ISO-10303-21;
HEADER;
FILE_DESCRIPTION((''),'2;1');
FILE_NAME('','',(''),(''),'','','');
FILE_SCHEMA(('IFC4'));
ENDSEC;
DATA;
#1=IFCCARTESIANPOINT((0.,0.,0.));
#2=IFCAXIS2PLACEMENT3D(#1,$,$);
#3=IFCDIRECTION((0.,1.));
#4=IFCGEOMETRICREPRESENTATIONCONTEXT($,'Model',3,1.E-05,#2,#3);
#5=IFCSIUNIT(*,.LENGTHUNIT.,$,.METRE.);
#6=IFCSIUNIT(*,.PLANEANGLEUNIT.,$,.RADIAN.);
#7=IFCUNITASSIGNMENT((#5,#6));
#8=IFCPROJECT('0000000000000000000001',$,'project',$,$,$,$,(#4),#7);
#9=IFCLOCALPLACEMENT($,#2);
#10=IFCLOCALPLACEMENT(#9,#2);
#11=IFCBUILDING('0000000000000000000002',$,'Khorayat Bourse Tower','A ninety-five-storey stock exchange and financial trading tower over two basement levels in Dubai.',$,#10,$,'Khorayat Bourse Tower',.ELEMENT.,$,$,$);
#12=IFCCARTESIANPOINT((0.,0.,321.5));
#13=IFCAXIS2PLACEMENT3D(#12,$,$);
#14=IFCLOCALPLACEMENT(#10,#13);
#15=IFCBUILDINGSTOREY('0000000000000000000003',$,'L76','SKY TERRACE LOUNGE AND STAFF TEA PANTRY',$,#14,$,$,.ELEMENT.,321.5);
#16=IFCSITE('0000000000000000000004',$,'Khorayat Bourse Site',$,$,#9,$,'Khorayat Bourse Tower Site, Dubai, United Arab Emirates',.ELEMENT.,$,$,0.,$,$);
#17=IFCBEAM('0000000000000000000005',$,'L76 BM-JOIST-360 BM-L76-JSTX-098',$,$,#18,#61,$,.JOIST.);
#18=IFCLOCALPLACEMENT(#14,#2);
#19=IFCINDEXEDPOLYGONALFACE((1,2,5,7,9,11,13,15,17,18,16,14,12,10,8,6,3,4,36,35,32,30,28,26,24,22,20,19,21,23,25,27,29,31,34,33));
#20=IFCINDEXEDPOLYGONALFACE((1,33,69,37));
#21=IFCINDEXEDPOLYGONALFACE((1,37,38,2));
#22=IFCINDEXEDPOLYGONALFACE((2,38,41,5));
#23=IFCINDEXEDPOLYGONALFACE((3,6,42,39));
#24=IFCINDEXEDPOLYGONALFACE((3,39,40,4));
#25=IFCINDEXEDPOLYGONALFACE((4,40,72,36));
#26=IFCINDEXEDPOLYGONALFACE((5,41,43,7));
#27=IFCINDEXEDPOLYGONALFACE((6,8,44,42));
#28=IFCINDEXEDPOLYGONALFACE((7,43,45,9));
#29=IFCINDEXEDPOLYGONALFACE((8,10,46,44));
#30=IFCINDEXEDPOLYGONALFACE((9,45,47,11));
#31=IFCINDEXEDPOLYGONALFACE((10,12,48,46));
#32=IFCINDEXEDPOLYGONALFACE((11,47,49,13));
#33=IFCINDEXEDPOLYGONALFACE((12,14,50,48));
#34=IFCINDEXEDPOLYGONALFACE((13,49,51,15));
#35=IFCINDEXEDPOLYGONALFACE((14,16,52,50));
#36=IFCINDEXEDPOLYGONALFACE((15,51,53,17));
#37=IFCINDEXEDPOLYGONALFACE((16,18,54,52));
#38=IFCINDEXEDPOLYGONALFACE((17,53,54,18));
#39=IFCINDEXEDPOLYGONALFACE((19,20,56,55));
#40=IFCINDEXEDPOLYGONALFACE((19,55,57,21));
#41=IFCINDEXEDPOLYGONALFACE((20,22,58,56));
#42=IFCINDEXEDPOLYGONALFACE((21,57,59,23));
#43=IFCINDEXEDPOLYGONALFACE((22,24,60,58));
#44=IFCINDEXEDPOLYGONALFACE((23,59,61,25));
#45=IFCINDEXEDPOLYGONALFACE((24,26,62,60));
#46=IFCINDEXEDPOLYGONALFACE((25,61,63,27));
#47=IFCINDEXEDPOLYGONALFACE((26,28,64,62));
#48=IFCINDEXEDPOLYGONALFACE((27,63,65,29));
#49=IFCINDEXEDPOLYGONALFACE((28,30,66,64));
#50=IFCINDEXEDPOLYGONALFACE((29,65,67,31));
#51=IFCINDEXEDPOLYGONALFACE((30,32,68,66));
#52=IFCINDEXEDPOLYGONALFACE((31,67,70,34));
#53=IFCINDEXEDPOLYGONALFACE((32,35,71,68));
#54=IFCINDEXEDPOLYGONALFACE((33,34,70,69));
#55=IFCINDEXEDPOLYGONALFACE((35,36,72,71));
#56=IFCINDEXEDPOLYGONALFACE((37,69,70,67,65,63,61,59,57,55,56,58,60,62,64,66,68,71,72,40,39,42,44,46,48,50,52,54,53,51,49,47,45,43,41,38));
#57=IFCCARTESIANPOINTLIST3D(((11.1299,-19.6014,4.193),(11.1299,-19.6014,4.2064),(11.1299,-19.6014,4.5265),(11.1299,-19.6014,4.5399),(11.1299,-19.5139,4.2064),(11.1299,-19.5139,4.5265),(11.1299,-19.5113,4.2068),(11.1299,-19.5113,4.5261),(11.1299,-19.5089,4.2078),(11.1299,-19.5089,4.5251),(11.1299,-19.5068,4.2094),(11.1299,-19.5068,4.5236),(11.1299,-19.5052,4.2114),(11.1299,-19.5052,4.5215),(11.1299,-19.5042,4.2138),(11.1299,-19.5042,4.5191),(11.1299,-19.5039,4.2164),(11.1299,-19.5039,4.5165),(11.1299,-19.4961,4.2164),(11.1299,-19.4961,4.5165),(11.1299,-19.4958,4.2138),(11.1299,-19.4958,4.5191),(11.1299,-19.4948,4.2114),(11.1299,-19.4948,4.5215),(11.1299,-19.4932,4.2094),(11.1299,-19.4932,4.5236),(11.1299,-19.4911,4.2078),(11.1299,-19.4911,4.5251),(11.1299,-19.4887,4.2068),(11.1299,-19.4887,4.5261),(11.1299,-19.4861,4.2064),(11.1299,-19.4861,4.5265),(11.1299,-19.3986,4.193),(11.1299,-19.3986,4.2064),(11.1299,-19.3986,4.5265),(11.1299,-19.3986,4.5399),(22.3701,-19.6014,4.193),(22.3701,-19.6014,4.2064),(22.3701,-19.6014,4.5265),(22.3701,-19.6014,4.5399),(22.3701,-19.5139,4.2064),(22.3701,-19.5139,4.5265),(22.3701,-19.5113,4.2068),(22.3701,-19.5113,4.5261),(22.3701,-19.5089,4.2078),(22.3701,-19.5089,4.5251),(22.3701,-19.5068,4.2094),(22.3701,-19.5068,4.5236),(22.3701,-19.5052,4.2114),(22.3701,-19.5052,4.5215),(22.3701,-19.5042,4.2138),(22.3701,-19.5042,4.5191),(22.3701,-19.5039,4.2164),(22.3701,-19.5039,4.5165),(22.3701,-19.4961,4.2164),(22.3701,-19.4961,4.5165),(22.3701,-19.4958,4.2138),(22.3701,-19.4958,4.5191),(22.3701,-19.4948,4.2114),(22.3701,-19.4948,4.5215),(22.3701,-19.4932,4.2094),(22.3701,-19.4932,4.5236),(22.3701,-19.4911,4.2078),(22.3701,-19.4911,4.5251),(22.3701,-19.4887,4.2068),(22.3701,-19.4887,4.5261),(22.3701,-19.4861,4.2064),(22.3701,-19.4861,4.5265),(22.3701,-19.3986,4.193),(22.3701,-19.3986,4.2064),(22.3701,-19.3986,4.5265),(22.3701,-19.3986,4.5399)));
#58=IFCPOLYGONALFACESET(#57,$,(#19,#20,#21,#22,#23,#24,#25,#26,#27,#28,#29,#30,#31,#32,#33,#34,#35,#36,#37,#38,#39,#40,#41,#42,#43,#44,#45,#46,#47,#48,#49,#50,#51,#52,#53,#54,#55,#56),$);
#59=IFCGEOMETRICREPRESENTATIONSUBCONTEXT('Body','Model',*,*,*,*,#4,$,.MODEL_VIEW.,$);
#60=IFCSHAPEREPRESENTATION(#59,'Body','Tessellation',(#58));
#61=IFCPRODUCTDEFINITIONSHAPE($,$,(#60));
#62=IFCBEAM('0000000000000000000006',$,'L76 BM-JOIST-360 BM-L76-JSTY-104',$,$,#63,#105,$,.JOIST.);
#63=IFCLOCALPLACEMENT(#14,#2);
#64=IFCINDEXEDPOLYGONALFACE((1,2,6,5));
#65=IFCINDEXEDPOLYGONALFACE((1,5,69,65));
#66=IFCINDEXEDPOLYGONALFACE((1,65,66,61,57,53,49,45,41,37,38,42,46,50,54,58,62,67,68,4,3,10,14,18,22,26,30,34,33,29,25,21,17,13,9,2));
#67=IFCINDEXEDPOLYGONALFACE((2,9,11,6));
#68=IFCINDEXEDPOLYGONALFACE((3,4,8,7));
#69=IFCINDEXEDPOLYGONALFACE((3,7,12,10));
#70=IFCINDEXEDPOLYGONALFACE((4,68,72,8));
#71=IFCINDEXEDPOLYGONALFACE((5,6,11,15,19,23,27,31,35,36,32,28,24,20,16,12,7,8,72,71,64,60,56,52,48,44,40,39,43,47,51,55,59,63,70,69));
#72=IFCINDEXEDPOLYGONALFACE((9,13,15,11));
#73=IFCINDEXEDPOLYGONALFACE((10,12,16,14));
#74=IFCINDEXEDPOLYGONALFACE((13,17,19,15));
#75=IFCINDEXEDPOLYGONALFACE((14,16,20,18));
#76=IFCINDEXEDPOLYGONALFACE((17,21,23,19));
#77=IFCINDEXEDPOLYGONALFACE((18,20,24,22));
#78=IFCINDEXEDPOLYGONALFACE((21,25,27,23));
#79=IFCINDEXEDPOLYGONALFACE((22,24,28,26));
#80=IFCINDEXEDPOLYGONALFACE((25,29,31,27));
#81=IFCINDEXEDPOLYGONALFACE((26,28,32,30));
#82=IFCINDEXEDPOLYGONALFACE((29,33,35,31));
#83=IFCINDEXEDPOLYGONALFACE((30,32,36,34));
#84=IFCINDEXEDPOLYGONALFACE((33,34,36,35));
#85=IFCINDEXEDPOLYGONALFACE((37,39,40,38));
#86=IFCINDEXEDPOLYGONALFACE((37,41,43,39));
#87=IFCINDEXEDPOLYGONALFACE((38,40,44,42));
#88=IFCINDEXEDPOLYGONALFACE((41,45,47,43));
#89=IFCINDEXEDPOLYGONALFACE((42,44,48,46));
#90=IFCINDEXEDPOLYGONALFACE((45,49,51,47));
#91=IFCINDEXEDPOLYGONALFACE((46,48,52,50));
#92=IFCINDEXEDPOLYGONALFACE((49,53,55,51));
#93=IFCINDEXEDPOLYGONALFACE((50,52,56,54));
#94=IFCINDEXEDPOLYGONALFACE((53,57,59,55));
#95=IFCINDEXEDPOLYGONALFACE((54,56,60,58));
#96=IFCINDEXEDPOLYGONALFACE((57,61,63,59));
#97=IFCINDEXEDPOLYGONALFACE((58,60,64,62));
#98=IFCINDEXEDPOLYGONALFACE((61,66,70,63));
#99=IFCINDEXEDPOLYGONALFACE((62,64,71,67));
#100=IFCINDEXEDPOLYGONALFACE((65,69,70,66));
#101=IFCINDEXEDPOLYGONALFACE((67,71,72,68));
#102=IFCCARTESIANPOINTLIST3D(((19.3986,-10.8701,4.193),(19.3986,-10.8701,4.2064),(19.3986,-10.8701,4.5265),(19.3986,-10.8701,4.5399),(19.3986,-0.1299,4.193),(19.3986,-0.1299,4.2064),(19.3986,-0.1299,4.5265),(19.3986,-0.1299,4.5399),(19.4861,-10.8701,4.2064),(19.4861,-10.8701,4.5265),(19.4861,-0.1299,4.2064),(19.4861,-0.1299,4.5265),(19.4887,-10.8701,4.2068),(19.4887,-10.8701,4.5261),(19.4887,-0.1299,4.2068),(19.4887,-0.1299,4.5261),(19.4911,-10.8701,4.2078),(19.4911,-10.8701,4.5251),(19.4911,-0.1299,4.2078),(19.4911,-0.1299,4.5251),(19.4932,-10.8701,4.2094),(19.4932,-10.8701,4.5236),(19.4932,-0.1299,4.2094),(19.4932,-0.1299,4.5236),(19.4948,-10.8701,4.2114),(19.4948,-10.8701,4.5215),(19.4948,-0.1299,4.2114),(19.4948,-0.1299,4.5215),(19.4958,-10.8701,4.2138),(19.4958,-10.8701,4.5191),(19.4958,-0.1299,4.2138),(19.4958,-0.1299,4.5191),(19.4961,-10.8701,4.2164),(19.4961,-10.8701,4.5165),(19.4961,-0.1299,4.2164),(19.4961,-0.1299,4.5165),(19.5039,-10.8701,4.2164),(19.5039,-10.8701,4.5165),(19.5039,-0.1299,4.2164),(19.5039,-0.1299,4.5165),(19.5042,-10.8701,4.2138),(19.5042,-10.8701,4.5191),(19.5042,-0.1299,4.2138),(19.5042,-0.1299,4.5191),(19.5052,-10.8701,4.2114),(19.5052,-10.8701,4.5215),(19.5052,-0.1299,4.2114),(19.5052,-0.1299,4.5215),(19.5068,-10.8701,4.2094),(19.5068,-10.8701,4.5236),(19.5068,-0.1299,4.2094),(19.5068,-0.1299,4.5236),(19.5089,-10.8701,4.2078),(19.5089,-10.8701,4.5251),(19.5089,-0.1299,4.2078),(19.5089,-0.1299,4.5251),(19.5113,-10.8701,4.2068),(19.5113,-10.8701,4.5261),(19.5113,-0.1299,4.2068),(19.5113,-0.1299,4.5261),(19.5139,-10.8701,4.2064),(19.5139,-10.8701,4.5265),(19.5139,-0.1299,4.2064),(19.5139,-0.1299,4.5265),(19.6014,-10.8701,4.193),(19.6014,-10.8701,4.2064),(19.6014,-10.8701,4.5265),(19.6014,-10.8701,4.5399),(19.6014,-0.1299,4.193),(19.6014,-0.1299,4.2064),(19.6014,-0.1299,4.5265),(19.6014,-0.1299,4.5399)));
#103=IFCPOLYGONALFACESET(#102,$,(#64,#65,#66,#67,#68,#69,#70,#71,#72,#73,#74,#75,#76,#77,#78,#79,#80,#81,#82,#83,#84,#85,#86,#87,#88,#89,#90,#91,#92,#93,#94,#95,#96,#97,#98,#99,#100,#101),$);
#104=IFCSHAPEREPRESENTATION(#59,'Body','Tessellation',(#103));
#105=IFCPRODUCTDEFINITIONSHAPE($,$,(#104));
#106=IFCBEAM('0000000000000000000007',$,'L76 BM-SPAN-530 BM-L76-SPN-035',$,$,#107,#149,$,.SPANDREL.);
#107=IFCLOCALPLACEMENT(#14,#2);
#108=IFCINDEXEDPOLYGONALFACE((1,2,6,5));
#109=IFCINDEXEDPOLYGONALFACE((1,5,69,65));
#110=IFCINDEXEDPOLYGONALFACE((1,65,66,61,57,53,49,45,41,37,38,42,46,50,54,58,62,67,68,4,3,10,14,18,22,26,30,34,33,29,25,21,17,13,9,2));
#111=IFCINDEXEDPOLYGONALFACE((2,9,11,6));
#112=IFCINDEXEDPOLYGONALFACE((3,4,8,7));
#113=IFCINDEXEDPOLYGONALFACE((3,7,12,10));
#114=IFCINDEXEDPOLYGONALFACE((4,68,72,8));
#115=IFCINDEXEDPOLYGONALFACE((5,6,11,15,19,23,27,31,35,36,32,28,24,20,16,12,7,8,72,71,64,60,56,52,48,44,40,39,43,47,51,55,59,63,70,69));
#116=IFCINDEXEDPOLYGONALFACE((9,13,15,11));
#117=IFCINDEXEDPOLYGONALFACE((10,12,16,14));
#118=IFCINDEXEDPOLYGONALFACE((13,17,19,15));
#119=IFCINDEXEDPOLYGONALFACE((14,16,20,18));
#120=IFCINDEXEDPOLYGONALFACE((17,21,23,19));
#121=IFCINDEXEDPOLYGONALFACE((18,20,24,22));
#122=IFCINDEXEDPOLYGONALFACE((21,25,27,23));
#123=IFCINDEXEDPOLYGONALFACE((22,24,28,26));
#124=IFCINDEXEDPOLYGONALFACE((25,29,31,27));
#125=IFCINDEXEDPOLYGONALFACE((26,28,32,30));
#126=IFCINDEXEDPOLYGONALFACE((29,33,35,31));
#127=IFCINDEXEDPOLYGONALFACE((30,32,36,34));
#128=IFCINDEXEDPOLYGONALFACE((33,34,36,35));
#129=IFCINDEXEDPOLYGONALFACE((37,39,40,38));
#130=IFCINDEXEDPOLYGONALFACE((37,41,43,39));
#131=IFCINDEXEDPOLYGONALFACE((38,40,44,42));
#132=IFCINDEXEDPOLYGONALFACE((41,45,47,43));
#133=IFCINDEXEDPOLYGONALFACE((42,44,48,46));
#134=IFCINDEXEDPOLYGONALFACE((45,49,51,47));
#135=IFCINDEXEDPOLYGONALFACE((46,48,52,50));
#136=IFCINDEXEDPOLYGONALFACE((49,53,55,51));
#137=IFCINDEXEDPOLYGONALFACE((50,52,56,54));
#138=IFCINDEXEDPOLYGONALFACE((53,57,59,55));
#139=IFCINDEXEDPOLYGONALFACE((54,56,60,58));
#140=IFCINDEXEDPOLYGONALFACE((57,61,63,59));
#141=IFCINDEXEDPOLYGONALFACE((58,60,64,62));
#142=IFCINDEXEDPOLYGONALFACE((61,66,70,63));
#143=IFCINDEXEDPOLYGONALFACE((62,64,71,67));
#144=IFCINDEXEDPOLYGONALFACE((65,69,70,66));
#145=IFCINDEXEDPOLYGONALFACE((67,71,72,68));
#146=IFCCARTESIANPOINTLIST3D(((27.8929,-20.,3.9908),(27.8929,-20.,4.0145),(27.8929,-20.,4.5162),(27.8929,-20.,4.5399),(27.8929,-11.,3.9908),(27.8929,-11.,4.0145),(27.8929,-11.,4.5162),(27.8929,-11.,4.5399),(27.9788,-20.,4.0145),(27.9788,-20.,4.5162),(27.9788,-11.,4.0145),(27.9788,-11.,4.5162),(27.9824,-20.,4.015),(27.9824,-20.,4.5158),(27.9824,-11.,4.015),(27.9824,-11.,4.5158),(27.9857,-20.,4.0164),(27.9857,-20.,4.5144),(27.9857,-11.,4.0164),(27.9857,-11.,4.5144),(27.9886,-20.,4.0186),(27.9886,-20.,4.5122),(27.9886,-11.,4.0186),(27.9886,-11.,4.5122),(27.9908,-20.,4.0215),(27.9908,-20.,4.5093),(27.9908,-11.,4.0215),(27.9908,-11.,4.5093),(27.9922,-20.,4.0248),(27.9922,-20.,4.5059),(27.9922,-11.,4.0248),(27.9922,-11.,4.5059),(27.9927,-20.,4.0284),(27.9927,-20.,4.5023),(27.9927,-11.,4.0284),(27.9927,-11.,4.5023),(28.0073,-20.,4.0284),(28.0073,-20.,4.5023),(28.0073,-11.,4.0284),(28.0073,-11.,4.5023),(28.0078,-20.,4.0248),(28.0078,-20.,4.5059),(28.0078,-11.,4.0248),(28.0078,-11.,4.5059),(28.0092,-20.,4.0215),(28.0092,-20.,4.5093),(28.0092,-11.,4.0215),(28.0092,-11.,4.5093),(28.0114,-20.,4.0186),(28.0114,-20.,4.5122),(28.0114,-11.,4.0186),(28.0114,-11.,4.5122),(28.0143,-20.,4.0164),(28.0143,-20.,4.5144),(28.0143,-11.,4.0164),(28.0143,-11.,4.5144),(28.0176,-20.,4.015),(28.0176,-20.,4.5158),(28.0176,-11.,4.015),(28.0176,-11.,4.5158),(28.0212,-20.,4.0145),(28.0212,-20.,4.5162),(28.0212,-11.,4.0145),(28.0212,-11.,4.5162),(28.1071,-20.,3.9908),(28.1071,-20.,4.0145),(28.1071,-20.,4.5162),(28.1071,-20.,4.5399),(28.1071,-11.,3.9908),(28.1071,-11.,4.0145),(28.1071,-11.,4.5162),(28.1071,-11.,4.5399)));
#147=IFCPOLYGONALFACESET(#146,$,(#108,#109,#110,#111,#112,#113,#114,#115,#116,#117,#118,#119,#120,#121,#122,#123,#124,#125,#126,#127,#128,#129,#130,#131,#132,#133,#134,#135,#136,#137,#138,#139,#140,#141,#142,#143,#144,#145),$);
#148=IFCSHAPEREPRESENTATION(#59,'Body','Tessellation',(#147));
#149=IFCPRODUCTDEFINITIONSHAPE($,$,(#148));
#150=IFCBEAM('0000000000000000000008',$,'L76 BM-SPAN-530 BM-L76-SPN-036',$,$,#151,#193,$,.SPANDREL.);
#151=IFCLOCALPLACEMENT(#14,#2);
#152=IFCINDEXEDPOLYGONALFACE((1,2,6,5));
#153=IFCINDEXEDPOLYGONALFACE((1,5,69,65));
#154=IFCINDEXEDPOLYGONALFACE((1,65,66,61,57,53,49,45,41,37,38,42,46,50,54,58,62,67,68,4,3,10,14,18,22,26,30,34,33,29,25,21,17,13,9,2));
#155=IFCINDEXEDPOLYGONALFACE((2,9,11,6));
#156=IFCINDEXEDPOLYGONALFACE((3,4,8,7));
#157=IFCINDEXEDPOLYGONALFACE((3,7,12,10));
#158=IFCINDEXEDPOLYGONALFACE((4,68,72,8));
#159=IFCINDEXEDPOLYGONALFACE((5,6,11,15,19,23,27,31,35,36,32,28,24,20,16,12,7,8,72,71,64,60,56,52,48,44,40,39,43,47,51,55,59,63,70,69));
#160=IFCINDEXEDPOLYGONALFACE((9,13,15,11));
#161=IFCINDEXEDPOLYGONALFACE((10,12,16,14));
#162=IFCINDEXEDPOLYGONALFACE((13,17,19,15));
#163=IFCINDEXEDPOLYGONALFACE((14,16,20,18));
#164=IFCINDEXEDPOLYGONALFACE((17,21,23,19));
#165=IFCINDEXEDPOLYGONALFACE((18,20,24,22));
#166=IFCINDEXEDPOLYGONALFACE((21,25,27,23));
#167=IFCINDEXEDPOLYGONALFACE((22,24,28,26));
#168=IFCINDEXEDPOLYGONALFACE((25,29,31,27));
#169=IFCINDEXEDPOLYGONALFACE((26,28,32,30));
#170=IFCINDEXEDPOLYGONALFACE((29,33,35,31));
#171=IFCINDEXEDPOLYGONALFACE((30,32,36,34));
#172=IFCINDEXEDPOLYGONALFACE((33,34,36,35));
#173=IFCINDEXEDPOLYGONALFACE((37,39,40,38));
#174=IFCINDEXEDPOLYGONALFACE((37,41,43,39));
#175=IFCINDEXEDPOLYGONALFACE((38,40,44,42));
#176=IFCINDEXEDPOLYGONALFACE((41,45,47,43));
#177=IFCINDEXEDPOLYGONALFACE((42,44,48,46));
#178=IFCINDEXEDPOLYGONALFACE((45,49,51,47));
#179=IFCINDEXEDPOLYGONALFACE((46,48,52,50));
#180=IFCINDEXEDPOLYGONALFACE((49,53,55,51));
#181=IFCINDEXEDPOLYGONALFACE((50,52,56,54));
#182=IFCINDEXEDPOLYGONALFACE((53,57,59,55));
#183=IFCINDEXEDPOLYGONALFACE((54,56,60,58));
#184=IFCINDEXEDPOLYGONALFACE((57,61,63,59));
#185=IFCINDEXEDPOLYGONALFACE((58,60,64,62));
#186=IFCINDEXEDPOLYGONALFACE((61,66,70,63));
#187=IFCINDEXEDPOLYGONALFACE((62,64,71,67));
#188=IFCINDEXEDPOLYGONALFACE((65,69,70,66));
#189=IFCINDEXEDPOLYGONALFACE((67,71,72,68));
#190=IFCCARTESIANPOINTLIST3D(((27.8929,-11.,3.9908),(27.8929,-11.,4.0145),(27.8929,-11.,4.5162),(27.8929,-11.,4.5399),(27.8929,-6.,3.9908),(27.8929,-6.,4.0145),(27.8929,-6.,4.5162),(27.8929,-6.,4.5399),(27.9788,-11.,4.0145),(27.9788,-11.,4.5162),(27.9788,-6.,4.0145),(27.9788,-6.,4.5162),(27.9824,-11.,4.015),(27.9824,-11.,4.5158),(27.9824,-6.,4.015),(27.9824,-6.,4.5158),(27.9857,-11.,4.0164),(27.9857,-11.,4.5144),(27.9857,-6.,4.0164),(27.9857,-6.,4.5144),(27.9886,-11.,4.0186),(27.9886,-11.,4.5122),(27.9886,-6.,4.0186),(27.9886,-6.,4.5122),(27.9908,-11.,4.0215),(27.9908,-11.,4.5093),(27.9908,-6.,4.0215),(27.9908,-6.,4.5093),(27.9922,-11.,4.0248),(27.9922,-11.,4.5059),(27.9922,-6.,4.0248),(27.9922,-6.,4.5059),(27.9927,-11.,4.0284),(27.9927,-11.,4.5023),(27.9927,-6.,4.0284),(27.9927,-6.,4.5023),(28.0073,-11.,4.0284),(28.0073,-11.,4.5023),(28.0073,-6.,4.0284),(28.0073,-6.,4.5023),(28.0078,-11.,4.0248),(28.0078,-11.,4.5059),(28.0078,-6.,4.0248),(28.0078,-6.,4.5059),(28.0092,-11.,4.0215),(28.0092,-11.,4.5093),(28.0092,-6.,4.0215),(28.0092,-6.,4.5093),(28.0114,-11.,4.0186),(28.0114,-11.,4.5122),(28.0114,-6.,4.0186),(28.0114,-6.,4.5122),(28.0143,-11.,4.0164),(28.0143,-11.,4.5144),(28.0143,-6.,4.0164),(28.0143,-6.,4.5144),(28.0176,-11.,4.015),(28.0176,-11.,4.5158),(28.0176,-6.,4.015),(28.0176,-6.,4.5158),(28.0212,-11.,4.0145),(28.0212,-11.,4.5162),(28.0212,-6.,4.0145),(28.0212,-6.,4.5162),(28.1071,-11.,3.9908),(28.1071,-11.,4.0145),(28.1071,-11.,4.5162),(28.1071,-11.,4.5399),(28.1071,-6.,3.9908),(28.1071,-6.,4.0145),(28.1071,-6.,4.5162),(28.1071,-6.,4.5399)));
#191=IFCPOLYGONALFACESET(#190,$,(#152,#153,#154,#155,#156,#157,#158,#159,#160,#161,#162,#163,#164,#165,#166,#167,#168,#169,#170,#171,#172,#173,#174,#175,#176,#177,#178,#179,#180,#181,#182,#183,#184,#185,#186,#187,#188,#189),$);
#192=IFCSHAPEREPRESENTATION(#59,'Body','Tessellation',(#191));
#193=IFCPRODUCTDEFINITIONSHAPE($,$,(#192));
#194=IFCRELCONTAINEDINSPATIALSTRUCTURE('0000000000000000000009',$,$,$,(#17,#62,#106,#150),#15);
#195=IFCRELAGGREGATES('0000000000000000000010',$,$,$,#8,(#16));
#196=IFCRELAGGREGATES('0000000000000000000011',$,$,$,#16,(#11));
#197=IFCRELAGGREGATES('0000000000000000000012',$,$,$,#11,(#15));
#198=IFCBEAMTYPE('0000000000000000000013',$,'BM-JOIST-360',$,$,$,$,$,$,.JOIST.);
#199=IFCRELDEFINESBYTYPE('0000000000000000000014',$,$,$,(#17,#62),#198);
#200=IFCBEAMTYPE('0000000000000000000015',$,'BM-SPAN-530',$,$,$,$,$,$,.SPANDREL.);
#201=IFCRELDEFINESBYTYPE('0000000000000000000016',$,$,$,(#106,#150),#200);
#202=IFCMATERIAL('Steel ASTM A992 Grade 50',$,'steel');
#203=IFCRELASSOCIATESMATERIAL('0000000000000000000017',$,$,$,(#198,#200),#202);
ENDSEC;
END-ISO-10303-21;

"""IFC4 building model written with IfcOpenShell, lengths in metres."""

from ifc_helpers import new_model, si_unit, direction, frame, origin, origin_2d, place, context, subcontext, project, spatial, i_section, extrude, source, transform, mapped, material, material_profile, profile_set, type_object, element, save


model = new_model("IFC4")

# Units and contexts
model_context = context("Model", 3, precision=1e-05, world=origin(), true_north=direction((0.0, 1.0)))
body_context = subcontext(model_context, "Body", "Model", "MODEL_VIEW")
ifc_project = project(units=[si_unit("LENGTHUNIT", "METRE"), si_unit("PLANEANGLEUNIT", "RADIAN")], contexts=[model_context])

# Site, building, storey
site_placement = place(None, origin())
site = spatial("IfcSite", under=ifc_project, at=site_placement, Name="Khorayat Bourse Site", LongName="Khorayat Bourse Tower Site, Dubai, United Arab Emirates", CompositionType="ELEMENT", RefElevation=0.0)
building_placement = place(site_placement, origin())
building = spatial("IfcBuilding", under=site, at=building_placement, Name="Khorayat Bourse Tower", Description="A ninety-five-storey stock exchange and financial trading tower over two basement levels in Dubai.", LongName="Khorayat Bourse Tower", CompositionType="ELEMENT")
storey_placement = place(building_placement, frame((0.0, 0.0, 321.5)))
storey = spatial("IfcBuildingStorey", under=building, at=storey_placement, Name="L76", Description="SKY TERRACE LOUNGE AND STAFF TEA PANTRY", CompositionType="ELEMENT", Elevation=321.5)

# Beams
ifc_material_1 = material(Name="Steel ASTM A992 Grade 50", Category="steel")
ifc_material_profile_1 = material_profile(ifc_material_1, i_section(OverallWidth=0.2029, OverallDepth=0.3469, WebThickness=0.0078, FlangeThickness=0.0134, FilletRadius=0.01, at=origin_2d()), Name="W360X64")
ifc_profile_set_1 = profile_set([ifc_material_profile_1], Name="Steel ASTM A992 Grade 50")
beam_type_1 = type_object("IfcBeamType", Name="BM-JOIST-360", PredefinedType="JOIST", material=ifc_profile_set_1)
shared_shape_1 = source(origin(), body_context, "Body", "SweptSolid", [
    extrude(i_section(OverallWidth=0.2029, OverallDepth=0.3469, WebThickness=0.0078, FlangeThickness=0.0134, FilletRadius=0.01, at=origin_2d()), origin(), (0.0, 0.0, 1.0), 11.2402),
])
beam_1_placement = place(storey_placement, frame((11.1299, -19.5, 4.3665), z_axis=(1.0, 0.0, 0.0), x_axis=(0.0, 1.0, 0.0)))
element("IfcBeam", 1, at=beam_1_placement, inside=storey, type_object=beam_type_1, Name="L76 BM-JOIST-360 BM-L76-JSTX-098", PredefinedType="JOIST", context=body_context, shape_type="MappedRepresentation", body=[
    mapped(shared_shape_1, transform((0.0, 0.0, 0.0), scale=1.0)),
])
shared_shape_2 = source(origin(), body_context, "Body", "SweptSolid", [
    extrude(i_section(OverallWidth=0.2029, OverallDepth=0.3469, WebThickness=0.0078, FlangeThickness=0.0134, FilletRadius=0.01, at=origin_2d()), origin(), (0.0, 0.0, 1.0), 10.7402),
])
beam_2_placement = place(storey_placement, frame((19.5, -10.8701, 4.3665), z_axis=(0.0, 1.0, 0.0), x_axis=(-1.0, 0.0, 0.0)))
element("IfcBeam", 2, at=beam_2_placement, inside=storey, type_object=beam_type_1, Name="L76 BM-JOIST-360 BM-L76-JSTY-104", PredefinedType="JOIST", context=body_context, shape_type="MappedRepresentation", body=[
    mapped(shared_shape_2, transform((0.0, 0.0, 0.0), scale=1.0)),
])
ifc_material_profile_2 = material_profile(ifc_material_1, i_section(OverallWidth=0.2141, OverallDepth=0.5491, WebThickness=0.0146, FlangeThickness=0.0237, FilletRadius=0.0139, at=origin_2d()), Name="W530X138")
ifc_profile_set_2 = profile_set([ifc_material_profile_2], Name="Steel ASTM A992 Grade 50")
beam_type_2 = type_object("IfcBeamType", Name="BM-SPAN-530", PredefinedType="SPANDREL", material=ifc_profile_set_2)
shared_shape_3 = source(origin(), body_context, "Body", "SweptSolid", [
    extrude(i_section(OverallWidth=0.2141, OverallDepth=0.5491, WebThickness=0.0146, FlangeThickness=0.0237, FilletRadius=0.0139, at=origin_2d()), origin(), (0.0, 0.0, 1.0), 9.0),
])
beam_3_placement = place(storey_placement, frame((28.0, -20.0, 4.2654), z_axis=(0.0, 1.0, 0.0), x_axis=(-1.0, 0.0, 0.0)))
element("IfcBeam", 3, at=beam_3_placement, inside=storey, type_object=beam_type_2, Name="L76 BM-SPAN-530 BM-L76-SPN-035", PredefinedType="SPANDREL", context=body_context, shape_type="MappedRepresentation", body=[
    mapped(shared_shape_3, transform((0.0, 0.0, 0.0), scale=1.0)),
])
shared_shape_4 = source(origin(), body_context, "Body", "SweptSolid", [
    extrude(i_section(OverallWidth=0.2141, OverallDepth=0.5491, WebThickness=0.0146, FlangeThickness=0.0237, FilletRadius=0.0139, at=origin_2d()), origin(), (0.0, 0.0, 1.0), 5.0),
])
beam_4_placement = place(storey_placement, frame((28.0, -11.0, 4.2654), z_axis=(0.0, 1.0, 0.0), x_axis=(-1.0, 0.0, 0.0)))
element("IfcBeam", 4, at=beam_4_placement, inside=storey, type_object=beam_type_2, Name="L76 BM-SPAN-530 BM-L76-SPN-036", PredefinedType="SPANDREL", context=body_context, shape_type="MappedRepresentation", body=[
    mapped(shared_shape_4, transform((0.0, 0.0, 0.0), scale=1.0)),
])

save(model, "model.ifc")
